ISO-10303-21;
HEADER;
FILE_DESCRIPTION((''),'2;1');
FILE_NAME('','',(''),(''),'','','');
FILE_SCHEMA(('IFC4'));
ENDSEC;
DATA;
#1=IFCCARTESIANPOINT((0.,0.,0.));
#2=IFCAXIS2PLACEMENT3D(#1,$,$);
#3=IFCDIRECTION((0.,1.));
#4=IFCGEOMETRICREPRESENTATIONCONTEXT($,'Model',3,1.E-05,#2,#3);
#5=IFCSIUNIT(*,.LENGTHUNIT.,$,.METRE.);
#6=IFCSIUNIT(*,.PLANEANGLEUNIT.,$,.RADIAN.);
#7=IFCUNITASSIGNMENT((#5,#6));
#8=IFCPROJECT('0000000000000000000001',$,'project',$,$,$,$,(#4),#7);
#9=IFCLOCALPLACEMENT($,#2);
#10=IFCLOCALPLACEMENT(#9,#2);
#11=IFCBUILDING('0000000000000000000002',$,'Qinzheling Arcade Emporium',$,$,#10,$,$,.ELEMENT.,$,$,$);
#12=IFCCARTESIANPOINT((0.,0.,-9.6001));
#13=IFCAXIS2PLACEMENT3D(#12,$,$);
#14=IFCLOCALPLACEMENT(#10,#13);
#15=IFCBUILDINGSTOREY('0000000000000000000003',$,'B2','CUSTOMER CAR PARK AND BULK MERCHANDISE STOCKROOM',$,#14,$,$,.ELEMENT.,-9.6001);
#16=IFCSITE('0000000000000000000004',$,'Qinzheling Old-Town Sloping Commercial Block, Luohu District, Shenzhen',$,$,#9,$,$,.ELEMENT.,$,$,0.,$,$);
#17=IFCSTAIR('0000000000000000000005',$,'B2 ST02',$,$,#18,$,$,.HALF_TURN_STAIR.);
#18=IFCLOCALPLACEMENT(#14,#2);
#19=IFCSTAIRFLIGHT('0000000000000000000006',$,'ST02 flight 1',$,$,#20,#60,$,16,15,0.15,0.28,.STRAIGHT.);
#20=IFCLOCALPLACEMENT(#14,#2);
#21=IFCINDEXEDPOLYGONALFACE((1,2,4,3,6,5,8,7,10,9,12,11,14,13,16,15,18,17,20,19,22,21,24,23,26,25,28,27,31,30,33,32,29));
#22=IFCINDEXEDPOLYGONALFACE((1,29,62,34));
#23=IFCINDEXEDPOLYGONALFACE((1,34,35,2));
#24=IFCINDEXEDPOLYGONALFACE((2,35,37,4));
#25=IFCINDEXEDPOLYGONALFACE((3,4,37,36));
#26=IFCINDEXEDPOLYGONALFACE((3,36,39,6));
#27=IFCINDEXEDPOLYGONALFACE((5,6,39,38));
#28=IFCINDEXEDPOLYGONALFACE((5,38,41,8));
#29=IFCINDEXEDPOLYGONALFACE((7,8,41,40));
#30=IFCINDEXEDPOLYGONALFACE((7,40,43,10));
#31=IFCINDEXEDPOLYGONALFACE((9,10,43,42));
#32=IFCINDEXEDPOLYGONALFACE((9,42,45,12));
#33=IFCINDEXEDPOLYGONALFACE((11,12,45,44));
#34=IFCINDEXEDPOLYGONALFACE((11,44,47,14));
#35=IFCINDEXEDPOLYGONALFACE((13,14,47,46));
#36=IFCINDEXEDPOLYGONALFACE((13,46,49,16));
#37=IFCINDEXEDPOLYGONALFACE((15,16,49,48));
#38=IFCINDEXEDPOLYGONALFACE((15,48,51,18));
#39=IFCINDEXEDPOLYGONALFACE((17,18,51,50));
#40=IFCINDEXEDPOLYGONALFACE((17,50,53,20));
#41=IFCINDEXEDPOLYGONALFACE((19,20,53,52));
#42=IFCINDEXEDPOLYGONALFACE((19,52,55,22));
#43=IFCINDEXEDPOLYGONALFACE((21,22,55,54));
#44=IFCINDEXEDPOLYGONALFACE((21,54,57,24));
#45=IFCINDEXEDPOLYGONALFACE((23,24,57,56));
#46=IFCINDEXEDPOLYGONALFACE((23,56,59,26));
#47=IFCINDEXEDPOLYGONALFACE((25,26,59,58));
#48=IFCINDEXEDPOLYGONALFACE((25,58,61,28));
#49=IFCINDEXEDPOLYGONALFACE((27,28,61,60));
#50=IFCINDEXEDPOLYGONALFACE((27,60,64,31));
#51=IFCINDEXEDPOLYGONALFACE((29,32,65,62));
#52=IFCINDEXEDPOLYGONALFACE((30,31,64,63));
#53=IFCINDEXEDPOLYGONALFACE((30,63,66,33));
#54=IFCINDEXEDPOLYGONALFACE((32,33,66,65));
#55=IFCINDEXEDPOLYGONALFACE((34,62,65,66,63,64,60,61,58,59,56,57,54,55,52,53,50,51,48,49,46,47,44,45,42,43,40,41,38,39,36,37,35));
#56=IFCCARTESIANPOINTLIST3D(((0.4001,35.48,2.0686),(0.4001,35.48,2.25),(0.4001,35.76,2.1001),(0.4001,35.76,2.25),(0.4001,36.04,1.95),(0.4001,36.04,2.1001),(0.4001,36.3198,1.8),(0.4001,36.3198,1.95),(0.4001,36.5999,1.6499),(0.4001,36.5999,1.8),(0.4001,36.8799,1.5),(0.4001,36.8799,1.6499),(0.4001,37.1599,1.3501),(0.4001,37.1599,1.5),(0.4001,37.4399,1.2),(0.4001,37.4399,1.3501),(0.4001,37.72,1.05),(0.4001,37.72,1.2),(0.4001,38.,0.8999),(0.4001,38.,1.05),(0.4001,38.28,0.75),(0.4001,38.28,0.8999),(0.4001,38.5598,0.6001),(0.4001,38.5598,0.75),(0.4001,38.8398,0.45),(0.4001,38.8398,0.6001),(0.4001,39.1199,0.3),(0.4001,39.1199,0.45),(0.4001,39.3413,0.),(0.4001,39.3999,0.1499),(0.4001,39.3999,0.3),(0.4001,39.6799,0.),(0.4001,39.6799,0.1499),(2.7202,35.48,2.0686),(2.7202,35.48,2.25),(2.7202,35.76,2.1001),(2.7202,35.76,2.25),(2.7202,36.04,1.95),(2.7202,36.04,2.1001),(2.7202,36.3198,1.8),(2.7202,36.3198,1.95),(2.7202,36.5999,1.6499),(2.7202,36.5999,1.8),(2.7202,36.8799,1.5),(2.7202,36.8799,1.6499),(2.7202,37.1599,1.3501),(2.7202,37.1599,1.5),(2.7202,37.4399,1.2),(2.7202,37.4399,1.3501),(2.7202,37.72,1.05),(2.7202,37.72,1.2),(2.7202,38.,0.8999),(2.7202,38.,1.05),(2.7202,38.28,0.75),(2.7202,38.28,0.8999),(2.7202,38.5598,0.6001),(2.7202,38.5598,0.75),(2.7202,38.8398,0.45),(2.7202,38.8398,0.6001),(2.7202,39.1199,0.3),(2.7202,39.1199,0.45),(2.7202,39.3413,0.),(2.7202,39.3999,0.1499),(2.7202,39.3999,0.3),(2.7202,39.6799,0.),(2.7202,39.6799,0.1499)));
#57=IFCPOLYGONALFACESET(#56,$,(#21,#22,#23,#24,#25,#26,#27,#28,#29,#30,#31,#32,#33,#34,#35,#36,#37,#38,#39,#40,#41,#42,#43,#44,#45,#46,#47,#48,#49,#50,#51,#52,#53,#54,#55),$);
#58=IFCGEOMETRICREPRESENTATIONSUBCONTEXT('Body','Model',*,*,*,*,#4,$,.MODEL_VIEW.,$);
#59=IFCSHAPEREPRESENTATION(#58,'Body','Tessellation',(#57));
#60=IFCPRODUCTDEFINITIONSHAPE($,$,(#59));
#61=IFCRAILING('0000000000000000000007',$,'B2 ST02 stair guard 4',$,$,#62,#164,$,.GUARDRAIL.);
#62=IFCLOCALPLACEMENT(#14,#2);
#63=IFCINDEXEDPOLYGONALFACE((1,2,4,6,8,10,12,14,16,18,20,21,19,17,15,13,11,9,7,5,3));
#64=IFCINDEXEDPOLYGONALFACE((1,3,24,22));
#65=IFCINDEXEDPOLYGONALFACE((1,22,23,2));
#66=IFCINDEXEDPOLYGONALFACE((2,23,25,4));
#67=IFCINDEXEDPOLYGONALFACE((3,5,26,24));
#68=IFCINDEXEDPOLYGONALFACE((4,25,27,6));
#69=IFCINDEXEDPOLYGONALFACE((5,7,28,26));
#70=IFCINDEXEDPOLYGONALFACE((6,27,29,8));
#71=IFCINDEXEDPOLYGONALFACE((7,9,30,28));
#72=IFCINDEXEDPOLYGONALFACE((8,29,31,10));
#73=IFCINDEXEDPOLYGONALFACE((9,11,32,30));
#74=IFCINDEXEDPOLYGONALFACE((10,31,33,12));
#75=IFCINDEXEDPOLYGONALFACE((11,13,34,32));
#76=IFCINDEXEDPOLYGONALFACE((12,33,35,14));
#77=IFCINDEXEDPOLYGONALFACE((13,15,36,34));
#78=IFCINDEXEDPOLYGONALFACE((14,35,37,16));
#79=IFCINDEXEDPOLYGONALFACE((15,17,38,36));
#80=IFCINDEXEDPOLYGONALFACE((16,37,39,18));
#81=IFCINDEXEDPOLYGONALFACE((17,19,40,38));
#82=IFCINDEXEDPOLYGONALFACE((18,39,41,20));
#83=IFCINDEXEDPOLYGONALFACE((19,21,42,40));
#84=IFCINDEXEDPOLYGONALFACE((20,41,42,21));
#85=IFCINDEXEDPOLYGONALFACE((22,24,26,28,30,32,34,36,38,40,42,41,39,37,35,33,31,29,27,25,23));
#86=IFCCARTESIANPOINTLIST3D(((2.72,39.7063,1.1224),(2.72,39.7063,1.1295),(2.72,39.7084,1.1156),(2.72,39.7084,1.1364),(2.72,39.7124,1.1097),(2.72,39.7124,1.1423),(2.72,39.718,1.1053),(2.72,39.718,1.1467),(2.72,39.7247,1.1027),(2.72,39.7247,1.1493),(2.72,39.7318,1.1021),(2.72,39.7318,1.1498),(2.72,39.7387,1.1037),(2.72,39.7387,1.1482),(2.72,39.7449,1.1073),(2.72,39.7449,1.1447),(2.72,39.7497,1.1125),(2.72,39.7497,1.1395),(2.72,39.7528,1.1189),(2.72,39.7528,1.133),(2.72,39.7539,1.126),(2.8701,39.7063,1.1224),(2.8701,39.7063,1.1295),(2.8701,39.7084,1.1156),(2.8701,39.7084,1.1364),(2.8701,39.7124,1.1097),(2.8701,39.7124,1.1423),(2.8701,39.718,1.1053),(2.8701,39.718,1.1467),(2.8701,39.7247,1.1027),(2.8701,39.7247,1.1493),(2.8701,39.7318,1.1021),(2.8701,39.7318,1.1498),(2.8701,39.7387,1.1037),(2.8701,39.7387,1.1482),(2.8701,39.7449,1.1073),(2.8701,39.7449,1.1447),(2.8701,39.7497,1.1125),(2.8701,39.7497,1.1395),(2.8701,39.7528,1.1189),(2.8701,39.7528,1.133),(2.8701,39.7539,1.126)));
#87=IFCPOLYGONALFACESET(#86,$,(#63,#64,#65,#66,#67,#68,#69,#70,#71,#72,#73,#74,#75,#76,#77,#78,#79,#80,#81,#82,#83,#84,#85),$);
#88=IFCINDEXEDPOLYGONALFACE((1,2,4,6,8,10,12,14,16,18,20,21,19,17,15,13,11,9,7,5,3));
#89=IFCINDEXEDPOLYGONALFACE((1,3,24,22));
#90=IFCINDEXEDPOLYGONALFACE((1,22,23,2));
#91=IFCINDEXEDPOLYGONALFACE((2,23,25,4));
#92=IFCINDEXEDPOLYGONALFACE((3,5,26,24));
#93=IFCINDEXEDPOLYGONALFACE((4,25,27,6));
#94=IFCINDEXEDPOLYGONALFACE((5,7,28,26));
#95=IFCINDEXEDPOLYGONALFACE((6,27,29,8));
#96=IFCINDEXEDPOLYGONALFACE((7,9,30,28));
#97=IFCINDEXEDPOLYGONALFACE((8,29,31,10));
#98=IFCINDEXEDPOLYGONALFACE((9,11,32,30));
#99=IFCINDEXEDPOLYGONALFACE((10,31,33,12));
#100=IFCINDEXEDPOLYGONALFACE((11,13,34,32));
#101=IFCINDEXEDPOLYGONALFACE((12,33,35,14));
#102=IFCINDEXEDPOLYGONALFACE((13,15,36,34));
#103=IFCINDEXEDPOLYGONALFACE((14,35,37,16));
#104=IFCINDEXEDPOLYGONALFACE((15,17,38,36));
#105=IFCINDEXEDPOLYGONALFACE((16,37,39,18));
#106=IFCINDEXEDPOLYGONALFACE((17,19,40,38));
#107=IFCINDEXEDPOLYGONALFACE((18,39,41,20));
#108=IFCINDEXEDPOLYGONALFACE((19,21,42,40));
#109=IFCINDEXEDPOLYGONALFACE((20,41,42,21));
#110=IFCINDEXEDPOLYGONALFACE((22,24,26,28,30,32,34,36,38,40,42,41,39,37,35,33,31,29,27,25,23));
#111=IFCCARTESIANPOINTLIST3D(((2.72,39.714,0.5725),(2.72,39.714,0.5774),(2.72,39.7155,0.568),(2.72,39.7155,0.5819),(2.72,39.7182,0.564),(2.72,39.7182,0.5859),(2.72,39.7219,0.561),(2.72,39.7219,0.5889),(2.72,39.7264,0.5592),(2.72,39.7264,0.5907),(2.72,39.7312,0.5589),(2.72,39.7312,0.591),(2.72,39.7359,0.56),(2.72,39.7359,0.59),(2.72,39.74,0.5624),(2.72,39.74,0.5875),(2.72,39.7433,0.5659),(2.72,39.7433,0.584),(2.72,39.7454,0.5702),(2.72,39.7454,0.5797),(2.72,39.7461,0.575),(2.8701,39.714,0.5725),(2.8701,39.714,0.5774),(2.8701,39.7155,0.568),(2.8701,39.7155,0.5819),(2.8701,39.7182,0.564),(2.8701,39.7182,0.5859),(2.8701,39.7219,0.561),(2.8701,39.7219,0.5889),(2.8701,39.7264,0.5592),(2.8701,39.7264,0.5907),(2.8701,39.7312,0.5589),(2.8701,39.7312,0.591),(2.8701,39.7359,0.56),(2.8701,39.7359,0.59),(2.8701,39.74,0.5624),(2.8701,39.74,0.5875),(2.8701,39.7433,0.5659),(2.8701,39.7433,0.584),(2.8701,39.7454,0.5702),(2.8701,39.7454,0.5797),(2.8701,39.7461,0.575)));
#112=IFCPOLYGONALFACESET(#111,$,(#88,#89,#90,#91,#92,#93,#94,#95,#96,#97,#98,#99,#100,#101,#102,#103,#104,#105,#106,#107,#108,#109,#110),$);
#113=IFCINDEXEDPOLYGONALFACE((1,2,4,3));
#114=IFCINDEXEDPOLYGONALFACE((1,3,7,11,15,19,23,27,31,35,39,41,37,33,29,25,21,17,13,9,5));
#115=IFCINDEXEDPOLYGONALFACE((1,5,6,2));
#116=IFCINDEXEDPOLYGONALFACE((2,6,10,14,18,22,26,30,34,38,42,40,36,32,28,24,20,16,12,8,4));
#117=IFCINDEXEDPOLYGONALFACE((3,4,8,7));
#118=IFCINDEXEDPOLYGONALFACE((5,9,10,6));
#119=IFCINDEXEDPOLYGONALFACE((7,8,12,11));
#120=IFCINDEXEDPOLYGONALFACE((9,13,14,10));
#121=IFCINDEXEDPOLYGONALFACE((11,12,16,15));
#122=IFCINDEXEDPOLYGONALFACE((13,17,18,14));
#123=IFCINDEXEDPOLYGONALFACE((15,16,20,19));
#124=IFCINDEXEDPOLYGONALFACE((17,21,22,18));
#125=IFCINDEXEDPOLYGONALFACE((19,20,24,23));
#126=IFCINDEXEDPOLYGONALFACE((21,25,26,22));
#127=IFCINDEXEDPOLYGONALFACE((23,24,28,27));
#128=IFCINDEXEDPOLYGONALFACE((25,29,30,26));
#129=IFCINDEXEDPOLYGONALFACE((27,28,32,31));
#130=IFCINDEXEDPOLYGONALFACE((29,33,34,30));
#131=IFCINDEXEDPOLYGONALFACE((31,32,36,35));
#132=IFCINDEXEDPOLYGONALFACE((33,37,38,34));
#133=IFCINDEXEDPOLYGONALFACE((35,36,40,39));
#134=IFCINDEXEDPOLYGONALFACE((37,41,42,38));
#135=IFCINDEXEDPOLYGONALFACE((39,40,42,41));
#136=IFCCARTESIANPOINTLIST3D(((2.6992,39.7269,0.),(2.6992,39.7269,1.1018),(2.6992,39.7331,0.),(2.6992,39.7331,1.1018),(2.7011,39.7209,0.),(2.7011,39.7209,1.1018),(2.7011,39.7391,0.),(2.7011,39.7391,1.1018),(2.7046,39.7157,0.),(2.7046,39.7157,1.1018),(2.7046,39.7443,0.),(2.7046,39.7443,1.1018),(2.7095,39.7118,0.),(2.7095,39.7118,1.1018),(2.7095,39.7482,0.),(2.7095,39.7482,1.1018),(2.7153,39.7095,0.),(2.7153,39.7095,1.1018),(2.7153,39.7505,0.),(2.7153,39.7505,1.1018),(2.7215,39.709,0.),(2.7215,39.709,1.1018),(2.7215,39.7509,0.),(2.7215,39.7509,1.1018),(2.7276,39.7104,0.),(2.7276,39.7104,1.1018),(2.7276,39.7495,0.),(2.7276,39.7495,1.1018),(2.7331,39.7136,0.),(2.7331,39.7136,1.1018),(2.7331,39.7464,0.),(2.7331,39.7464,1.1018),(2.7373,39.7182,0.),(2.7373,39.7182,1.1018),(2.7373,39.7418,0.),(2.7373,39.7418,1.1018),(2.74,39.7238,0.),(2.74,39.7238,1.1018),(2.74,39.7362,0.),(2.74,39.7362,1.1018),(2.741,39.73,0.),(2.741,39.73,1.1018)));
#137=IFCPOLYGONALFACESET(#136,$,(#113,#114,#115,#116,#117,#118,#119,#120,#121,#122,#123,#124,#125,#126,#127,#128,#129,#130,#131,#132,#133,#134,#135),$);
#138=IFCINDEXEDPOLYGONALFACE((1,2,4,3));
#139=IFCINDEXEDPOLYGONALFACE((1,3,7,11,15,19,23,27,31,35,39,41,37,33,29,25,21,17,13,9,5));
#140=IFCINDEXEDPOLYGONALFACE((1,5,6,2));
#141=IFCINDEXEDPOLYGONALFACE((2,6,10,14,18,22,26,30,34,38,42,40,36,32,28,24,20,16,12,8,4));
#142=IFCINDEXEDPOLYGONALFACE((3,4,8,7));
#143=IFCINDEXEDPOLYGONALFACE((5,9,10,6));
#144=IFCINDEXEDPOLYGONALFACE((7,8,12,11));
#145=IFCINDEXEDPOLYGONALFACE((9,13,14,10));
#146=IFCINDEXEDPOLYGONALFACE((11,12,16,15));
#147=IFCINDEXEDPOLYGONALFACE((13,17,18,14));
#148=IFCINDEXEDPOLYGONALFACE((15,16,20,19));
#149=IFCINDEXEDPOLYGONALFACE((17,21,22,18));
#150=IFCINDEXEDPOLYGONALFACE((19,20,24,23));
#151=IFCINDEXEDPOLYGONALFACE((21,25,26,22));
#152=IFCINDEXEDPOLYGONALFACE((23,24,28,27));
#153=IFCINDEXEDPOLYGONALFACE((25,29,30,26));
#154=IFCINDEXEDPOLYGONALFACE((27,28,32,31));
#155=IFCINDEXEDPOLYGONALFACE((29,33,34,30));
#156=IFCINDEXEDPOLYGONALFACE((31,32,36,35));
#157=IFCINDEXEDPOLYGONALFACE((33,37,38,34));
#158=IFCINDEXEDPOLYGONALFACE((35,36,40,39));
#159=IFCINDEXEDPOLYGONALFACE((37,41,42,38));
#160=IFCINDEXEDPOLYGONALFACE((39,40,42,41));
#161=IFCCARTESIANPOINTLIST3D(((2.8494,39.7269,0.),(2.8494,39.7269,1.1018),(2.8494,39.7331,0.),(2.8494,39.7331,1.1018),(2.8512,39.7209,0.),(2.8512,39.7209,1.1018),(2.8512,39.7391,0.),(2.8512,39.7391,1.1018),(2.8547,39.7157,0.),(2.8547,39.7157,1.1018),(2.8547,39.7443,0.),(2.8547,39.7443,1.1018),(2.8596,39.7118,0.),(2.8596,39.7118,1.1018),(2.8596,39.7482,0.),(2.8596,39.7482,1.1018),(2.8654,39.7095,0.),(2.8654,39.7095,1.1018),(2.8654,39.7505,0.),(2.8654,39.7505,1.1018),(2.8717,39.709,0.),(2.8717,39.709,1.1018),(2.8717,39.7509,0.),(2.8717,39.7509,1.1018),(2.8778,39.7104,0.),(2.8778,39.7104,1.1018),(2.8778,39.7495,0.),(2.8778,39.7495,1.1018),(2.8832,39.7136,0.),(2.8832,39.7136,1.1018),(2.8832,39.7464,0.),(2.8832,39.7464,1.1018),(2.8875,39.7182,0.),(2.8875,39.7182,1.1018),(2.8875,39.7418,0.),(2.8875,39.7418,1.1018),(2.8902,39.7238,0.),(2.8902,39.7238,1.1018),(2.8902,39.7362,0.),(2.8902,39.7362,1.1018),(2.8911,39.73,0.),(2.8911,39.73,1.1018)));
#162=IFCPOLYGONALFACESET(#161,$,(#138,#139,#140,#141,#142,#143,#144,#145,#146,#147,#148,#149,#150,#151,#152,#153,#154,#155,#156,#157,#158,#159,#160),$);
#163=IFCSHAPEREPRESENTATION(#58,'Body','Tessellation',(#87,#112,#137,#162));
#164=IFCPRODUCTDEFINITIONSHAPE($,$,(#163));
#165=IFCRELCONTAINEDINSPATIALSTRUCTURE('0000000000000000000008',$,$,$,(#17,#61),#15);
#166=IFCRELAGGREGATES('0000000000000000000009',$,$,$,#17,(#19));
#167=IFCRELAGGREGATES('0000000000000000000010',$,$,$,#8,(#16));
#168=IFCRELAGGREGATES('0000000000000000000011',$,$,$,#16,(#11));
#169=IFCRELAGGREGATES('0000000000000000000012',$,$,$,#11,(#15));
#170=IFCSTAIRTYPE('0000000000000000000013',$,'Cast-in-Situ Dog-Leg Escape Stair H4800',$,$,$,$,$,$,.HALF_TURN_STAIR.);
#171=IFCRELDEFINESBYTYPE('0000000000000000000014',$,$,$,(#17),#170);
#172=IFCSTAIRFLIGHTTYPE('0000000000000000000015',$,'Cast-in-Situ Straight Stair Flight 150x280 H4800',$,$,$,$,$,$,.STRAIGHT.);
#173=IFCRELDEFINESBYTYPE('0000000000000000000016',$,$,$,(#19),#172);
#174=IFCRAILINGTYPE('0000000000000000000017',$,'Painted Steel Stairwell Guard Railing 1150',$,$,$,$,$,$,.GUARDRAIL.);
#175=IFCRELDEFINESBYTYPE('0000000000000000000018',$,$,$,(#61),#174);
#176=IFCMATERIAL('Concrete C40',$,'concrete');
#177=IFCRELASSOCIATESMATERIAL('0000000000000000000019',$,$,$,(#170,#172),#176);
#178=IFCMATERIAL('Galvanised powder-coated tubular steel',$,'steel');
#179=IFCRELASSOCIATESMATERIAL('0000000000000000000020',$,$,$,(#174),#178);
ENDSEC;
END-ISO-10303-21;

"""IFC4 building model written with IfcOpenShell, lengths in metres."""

from ifc_helpers import new_model, si_unit, direction, frame, origin, origin_2d, place, context, subcontext, project, spatial, polyline, circle, outline, extrude, material, type_object, element, aggregate, save


model = new_model("IFC4")

# Units and contexts
model_context = context("Model", 3, precision=1e-05, world=origin(), true_north=direction((0.0, 1.0)))
body_context = subcontext(model_context, "Body", "Model", "MODEL_VIEW")
ifc_project = project(units=[si_unit("LENGTHUNIT", "METRE"), si_unit("PLANEANGLEUNIT", "RADIAN")], contexts=[model_context])

# Site, building, storey
site_placement = place(None, origin())
site = spatial("IfcSite", under=ifc_project, at=site_placement, Name="Qinzheling Old-Town Sloping Commercial Block, Luohu District, Shenzhen", CompositionType="ELEMENT", RefElevation=0.0)
building_placement = place(site_placement, origin())
building = spatial("IfcBuilding", under=site, at=building_placement, Name="Qinzheling Arcade Emporium", CompositionType="ELEMENT")
storey_placement = place(building_placement, frame((0.0, 0.0, -9.6001)))
storey = spatial("IfcBuildingStorey", under=building, at=storey_placement, Name="B2", Description="CUSTOMER CAR PARK AND BULK MERCHANDISE STOCKROOM", CompositionType="ELEMENT", Elevation=-9.6001)

# Shared definitions
ifc_material_1 = material(Name="Concrete C40", Category="concrete")

# Stair, stair flight
stair_type = type_object("IfcStairType", Name="Cast-in-Situ Dog-Leg Escape Stair H4800", PredefinedType="HALF_TURN_STAIR", material=ifc_material_1)
stair_placement = place(storey_placement, origin())
stair = element("IfcStair", 1, at=stair_placement, inside=storey, type_object=stair_type, Name="B2 ST02", PredefinedType="HALF_TURN_STAIR")
stair_flight_type = type_object("IfcStairFlightType", Name="Cast-in-Situ Straight Stair Flight 150x280 H4800", PredefinedType="STRAIGHT", material=ifc_material_1)
stair_flight_placement = place(storey_placement, frame((1.5601, 39.6799, 0.0), z_axis=(0.0, 0.0, 1.0), x_axis=(0.0, -1.0, 0.0)))
stair_flight = element("IfcStairFlight", 2, at=stair_flight_placement, type_object=stair_flight_type, Name="ST02 flight 1", NumberOfRisers=16, NumberOfTreads=15, PredefinedType="STRAIGHT", RiserHeight=0.15, TreadLength=0.28, context=body_context, shape_type="SweptSolid", body=[
    extrude(outline(polyline([(0.0, 0.0), (0.0, 0.1499), (0.28, 0.1499), (0.28, 0.3), (0.5601, 0.3), (0.5601, 0.45), (0.8401, 0.45), (0.8401, 0.6001), (1.1201, 0.6001), (1.1201, 0.75), (1.3999, 0.75), (1.3999, 0.8999), (1.6799, 0.8999), (1.6799, 1.05), (1.96, 1.05), (1.96, 1.2), (2.24, 1.2), (2.24, 1.3501), (2.52, 1.3501), (2.52, 1.5), (2.8, 1.5), (2.8, 1.6499), (3.0801, 1.6499), (3.0801, 1.8), (3.3601, 1.8), (3.3601, 1.95), (3.6399, 1.95), (3.6399, 2.1001), (3.9199, 2.1001), (3.9199, 2.25), (4.2, 2.25), (4.2, 2.3999), (4.2, 2.0686), (0.3386, 0.0), (0.0, 0.0)])), frame((0.0, 1.1602, 0.0), z_axis=(0.0, -1.0, 0.0), x_axis=(1.0, 0.0, 0.0)), (0.0, 0.0, 1.0), 2.3201),
])
aggregate(stair, [stair_flight])

# Railing
ifc_material_2 = material(Name="Galvanised powder-coated tubular steel", Category="steel")
railing_type_1 = type_object("IfcRailingType", Name="Painted Steel Stairwell Guard Railing 1150", PredefinedType="GUARDRAIL", material=ifc_material_2)
railing_1_placement = place(storey_placement, frame((2.72, 39.73, 0.0)))
element("IfcRailing", 3, at=railing_1_placement, inside=storey, type_object=railing_type_1, Name="B2 ST02 stair guard 4", PredefinedType="GUARDRAIL", context=body_context, shape_type="SweptSolid", body=[
    extrude(circle(Radius=0.0239, at=origin_2d()), frame((0.0, 0.0, 1.126), z_axis=(1.0, 0.0, 0.0), x_axis=(0.0, 1.0, 0.0)), (0.0, 0.0, 1.0), 0.1501),
    extrude(circle(Radius=0.0161, at=origin_2d()), frame((0.0, 0.0, 0.575), z_axis=(1.0, 0.0, 0.0), x_axis=(0.0, 1.0, 0.0)), (0.0, 0.0, 1.0), 0.1501),
    extrude(circle(Radius=0.021, at=origin_2d()), origin(), (0.0, 0.0, 1.0), 1.1018),
    extrude(circle(Radius=0.021, at=origin_2d()), frame((0.1501, 0.0, 0.0)), (0.0, 0.0, 1.0), 1.1018),
])

save(model, "model.ifc")
